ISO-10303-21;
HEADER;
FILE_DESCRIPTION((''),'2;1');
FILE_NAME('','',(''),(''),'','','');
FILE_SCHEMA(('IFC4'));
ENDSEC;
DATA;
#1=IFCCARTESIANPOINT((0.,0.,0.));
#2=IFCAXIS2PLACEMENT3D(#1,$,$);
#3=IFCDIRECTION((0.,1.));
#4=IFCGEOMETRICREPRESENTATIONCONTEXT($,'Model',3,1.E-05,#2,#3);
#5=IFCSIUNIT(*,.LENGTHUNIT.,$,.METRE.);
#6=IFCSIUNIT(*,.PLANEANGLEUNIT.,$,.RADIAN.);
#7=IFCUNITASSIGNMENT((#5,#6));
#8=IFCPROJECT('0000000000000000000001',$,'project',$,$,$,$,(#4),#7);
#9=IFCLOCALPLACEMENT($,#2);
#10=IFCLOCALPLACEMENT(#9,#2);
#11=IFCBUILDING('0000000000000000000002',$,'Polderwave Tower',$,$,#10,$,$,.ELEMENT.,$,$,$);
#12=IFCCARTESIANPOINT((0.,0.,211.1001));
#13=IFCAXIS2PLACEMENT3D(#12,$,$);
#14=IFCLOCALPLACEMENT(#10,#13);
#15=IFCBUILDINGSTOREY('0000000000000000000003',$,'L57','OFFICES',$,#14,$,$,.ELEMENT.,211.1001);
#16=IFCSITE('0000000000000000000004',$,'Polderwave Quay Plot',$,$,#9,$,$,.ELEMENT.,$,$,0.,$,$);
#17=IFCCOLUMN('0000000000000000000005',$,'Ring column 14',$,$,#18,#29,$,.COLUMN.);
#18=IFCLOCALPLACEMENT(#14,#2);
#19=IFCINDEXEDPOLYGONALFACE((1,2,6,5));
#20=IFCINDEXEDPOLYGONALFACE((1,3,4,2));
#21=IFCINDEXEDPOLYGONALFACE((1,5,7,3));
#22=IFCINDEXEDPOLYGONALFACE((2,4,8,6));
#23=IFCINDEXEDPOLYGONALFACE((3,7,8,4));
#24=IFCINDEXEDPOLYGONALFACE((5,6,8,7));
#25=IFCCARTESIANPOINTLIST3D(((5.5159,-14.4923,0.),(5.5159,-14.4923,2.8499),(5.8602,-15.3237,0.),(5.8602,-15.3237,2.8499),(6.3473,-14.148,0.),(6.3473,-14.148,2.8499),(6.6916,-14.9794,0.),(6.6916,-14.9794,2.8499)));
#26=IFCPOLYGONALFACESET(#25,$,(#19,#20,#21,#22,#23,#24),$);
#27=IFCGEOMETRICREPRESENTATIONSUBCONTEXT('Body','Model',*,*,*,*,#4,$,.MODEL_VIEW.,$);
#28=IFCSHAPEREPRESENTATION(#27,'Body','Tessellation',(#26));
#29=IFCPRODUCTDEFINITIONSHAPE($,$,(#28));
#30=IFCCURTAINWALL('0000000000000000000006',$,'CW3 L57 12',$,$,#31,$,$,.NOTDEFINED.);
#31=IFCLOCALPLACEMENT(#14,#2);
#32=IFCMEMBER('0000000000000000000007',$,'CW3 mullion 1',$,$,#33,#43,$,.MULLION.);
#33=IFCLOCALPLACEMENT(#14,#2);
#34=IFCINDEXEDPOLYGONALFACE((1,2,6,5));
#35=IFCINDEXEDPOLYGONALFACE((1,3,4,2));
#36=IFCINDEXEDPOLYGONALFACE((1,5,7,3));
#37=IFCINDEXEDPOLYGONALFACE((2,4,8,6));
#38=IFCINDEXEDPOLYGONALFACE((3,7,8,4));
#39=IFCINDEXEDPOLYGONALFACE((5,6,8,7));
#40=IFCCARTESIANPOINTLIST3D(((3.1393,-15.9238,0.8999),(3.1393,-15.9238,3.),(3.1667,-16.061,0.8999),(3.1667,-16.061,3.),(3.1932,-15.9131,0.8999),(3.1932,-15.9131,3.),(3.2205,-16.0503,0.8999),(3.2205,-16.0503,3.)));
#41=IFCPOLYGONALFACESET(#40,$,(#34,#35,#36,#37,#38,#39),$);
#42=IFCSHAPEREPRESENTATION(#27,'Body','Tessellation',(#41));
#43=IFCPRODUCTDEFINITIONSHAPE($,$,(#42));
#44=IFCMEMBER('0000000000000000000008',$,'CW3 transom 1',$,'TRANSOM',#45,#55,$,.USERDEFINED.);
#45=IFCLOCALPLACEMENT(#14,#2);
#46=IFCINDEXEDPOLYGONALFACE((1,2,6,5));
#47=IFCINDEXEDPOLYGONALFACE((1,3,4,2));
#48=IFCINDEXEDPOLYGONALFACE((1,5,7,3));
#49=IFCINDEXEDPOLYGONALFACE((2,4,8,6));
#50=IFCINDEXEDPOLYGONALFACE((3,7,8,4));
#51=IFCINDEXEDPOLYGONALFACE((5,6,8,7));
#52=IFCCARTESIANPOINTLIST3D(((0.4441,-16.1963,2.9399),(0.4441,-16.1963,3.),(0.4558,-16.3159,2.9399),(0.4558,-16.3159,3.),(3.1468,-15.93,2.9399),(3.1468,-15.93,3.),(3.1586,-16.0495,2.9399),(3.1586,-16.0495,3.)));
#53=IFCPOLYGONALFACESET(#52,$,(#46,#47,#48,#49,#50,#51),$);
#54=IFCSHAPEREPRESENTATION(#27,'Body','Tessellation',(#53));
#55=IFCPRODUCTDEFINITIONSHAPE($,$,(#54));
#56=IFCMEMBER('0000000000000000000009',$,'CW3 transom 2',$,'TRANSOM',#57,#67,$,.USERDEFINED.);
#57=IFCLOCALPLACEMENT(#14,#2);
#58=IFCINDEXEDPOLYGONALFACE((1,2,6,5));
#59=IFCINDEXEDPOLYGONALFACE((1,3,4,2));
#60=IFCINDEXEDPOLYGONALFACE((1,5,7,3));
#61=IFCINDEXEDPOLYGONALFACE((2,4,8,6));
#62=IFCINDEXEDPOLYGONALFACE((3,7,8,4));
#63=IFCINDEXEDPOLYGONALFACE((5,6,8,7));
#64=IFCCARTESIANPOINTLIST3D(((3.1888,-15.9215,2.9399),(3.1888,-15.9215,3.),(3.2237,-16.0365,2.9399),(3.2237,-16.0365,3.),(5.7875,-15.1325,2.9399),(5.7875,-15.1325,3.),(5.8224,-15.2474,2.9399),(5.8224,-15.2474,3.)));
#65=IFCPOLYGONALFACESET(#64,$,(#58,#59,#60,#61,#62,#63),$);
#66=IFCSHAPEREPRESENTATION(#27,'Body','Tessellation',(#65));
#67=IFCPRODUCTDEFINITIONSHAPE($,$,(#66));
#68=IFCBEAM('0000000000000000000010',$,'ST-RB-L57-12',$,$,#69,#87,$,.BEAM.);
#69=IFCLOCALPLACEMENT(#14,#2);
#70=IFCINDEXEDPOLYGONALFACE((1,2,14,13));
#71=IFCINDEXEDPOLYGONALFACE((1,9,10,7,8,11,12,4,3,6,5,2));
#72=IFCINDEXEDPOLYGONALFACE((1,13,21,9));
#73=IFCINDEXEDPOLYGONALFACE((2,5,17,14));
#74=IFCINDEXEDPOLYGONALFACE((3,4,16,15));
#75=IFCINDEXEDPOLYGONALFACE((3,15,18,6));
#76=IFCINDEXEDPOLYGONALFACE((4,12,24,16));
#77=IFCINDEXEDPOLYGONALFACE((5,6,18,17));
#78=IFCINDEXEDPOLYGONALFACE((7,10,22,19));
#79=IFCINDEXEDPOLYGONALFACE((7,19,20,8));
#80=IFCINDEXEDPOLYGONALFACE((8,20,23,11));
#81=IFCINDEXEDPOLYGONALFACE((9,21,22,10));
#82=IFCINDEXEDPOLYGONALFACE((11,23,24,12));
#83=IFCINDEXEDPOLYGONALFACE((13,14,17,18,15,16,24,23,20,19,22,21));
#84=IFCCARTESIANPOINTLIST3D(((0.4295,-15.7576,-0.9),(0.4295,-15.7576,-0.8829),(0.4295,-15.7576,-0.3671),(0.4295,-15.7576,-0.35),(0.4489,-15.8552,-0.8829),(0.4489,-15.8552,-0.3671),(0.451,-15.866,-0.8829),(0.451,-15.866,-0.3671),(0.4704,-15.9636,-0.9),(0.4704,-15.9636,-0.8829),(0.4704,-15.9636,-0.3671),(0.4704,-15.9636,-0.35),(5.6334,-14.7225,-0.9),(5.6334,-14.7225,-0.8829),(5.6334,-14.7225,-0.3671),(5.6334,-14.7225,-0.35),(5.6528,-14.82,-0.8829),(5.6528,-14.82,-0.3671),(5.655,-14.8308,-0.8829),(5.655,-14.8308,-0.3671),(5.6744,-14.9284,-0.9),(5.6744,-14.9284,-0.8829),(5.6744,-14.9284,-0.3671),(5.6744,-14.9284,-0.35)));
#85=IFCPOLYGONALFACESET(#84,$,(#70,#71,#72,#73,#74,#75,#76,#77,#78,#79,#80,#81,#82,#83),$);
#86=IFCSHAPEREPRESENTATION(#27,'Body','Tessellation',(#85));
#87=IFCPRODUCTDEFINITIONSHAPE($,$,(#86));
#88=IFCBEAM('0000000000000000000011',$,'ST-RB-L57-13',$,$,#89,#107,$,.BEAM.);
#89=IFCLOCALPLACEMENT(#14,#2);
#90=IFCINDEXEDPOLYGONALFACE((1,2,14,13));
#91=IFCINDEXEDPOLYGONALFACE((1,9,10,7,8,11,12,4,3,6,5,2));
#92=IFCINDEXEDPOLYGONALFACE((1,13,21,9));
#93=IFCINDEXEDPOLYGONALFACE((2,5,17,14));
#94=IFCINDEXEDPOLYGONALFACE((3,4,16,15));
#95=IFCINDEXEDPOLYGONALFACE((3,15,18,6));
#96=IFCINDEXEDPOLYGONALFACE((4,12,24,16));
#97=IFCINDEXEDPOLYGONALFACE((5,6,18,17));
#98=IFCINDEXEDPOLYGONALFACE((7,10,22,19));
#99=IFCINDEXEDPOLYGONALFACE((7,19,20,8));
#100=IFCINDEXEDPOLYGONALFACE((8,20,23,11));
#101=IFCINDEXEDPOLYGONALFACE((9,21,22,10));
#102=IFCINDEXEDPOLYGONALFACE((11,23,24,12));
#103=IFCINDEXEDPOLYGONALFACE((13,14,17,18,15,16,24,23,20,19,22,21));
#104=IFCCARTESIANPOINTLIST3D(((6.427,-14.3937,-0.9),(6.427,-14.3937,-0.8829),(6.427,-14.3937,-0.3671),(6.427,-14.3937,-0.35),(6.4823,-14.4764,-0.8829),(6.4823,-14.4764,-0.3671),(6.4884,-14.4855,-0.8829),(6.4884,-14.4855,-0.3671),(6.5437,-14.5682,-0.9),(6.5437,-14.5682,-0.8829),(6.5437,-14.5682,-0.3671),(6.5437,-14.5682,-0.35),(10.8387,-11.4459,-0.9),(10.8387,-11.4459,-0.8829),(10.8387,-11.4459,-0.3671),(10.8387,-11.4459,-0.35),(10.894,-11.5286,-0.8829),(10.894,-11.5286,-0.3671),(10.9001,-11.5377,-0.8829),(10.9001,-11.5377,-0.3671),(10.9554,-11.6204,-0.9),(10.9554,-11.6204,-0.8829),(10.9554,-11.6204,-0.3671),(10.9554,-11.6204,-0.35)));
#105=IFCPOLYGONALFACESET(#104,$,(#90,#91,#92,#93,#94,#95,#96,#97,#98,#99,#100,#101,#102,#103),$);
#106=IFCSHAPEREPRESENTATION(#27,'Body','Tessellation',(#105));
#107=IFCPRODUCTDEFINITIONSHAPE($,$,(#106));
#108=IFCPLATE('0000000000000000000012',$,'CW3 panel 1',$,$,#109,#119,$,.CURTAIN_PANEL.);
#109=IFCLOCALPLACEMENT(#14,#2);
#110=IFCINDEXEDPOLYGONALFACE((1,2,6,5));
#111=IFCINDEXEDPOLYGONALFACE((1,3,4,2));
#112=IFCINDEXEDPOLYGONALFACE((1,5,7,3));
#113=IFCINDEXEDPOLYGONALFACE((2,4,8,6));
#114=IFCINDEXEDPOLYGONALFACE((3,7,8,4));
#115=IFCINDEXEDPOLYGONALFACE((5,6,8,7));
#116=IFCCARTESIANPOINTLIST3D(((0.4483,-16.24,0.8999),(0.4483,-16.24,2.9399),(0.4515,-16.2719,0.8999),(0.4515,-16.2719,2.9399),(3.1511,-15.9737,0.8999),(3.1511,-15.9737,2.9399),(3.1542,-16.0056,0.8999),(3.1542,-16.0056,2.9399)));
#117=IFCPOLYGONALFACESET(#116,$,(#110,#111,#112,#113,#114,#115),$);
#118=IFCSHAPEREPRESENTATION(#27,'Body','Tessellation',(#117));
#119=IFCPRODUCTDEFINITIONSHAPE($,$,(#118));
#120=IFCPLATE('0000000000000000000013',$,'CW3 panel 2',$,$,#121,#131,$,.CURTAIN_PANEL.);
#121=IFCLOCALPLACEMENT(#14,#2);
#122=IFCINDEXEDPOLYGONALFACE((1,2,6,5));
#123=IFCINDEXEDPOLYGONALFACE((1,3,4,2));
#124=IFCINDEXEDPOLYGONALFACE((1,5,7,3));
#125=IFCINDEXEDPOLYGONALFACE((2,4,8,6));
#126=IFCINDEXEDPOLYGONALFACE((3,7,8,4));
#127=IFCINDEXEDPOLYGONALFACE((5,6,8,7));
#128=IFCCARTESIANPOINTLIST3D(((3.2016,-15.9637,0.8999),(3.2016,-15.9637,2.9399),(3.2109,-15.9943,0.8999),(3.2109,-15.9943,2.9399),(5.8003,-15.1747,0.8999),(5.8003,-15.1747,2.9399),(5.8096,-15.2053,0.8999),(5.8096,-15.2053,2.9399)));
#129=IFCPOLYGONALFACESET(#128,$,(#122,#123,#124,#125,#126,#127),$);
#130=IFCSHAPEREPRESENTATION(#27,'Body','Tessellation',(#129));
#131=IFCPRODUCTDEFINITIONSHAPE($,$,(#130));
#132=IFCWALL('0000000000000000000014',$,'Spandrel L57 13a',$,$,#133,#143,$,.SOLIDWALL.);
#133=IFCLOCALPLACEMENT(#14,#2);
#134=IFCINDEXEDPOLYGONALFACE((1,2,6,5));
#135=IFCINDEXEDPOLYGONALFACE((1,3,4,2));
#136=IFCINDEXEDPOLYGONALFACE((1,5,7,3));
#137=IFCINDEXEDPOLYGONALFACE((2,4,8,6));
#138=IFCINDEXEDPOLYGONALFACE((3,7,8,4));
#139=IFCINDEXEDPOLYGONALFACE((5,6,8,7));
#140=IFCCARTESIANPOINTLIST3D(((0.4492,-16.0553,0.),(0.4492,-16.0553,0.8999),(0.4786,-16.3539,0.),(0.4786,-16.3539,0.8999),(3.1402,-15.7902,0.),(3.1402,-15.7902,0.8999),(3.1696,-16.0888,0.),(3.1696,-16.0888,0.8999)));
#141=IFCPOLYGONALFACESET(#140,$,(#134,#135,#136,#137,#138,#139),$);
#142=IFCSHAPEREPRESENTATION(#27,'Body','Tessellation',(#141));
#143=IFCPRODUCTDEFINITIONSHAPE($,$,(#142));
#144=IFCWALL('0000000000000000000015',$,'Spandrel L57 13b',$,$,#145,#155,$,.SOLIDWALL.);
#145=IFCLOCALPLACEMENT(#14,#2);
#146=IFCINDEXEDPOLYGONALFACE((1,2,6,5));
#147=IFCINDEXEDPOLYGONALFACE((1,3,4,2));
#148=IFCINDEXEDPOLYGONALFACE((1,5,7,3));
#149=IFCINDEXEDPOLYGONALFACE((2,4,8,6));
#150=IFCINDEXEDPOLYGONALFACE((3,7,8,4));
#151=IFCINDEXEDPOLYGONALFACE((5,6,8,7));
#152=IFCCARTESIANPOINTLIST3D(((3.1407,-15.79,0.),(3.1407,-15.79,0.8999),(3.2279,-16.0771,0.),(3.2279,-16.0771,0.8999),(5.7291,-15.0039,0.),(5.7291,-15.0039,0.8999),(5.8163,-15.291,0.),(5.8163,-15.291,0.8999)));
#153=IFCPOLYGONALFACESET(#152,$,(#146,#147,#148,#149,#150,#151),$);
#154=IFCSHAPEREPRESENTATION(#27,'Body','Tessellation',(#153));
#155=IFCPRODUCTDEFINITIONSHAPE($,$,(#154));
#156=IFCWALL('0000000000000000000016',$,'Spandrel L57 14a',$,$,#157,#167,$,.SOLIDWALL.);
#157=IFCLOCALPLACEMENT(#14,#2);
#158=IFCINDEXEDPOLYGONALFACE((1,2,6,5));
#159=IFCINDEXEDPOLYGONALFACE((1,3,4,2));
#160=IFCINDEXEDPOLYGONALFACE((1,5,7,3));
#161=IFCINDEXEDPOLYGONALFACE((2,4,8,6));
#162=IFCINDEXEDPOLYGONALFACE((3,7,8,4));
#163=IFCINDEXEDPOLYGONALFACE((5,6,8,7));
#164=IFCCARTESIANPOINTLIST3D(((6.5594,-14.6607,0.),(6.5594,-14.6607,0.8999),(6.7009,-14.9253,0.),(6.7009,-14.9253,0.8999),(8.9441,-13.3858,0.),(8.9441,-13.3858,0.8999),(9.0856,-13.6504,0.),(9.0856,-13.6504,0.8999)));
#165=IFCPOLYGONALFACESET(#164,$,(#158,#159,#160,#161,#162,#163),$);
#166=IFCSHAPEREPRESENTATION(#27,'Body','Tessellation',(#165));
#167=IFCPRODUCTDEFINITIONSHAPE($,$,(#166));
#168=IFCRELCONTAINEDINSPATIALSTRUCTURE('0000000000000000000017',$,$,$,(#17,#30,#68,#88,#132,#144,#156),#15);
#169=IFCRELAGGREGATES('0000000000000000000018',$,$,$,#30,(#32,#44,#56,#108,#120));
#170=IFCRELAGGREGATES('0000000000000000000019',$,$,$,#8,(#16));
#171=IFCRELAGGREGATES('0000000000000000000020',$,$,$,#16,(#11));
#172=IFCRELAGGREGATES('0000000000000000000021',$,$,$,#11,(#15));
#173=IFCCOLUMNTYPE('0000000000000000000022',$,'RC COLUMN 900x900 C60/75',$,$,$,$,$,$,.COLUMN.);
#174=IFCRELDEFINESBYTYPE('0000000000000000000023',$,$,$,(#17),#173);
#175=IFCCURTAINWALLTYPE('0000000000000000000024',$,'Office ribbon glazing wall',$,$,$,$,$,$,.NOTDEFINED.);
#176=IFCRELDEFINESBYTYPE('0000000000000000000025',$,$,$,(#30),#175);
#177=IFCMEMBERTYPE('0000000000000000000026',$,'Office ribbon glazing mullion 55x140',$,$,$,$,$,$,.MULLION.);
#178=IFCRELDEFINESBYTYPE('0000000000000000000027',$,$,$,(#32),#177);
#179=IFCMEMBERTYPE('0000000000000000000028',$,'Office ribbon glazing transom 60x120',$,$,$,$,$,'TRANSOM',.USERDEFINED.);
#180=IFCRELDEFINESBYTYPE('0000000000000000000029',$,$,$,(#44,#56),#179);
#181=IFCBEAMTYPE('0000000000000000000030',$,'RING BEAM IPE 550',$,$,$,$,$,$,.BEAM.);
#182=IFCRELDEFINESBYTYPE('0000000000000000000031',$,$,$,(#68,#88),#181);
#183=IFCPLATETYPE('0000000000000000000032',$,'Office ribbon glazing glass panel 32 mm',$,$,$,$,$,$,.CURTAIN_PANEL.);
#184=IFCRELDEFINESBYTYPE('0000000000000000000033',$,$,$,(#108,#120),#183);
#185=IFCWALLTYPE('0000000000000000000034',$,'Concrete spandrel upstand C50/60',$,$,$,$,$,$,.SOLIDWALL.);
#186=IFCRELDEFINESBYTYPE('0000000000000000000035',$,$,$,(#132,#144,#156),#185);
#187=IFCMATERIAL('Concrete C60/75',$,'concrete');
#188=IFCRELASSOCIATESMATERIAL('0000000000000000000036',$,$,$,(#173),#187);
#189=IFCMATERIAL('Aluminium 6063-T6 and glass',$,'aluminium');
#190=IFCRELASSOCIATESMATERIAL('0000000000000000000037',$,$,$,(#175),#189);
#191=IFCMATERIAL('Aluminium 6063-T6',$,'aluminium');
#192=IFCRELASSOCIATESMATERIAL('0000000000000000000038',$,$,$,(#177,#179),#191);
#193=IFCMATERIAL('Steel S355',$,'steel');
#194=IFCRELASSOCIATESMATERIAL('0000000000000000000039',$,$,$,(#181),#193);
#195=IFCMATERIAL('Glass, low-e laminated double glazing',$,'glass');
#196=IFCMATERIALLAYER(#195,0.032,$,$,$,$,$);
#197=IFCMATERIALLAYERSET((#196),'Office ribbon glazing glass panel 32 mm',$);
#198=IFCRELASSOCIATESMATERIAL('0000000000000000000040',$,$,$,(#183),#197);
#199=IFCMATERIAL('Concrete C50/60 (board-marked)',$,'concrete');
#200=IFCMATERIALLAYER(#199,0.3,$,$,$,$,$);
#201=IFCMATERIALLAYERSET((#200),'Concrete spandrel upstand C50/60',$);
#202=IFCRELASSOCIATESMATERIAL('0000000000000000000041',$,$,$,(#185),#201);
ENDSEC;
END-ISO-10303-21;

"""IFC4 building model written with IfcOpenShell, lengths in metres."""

from ifc_helpers import new_model, si_unit, direction, frame, frame_2d, origin, origin_2d, place, context, subcontext, project, spatial, rectangle, i_section, extrude, material, layer, layer_set, material_profile, profile_set, type_object, element, aggregate, save


model = new_model("IFC4")

# Units and contexts
model_context = context("Model", 3, precision=1e-05, world=origin(), true_north=direction((0.0, 1.0)))
body_context = subcontext(model_context, "Body", "Model", "MODEL_VIEW")
ifc_project = project(units=[si_unit("LENGTHUNIT", "METRE"), si_unit("PLANEANGLEUNIT", "RADIAN")], contexts=[model_context])

# Site, building, storey
site_placement = place(None, origin())
site = spatial("IfcSite", under=ifc_project, at=site_placement, Name="Polderwave Quay Plot", CompositionType="ELEMENT", RefElevation=0.0)
building_placement = place(site_placement, origin())
building = spatial("IfcBuilding", under=site, at=building_placement, Name="Polderwave Tower", CompositionType="ELEMENT")
storey_placement = place(building_placement, frame((0.0, 0.0, 211.1001)))
storey = spatial("IfcBuildingStorey", under=building, at=storey_placement, Name="L57", Description="OFFICES", CompositionType="ELEMENT", Elevation=211.1001)

# Column
ifc_material_1 = material(Name="Concrete C60/75", Category="concrete")
ifc_material_profile_1 = material_profile(ifc_material_1, rectangle(XDim=0.8999, YDim=0.8999, at=origin_2d()), Name="RC 900x900")
ifc_profile_set_1 = profile_set([ifc_material_profile_1], Name="Concrete C60/75")
column_type = type_object("IfcColumnType", Name="RC COLUMN 900x900 C60/75", PredefinedType="COLUMN", material=ifc_profile_set_1)
column_placement = place(storey_placement, frame((6.1038, -14.7358, 0.0), z_axis=(0.0, 0.0, 1.0), x_axis=(0.382683, -0.92388, 0.0)))
element("IfcColumn", 1, at=column_placement, inside=storey, type_object=column_type, Name="Ring column 14", PredefinedType="COLUMN", context=body_context, shape_type="SweptSolid", body=[
    extrude(rectangle(XDim=0.8999, YDim=0.8999, at=origin_2d()), origin(), (0.0, 0.0, 1.0), 2.8499),
])

# Curtain wall, members
ifc_material_2 = material(Name="Aluminium 6063-T6 and glass", Category="aluminium")
curtain_wall_type = type_object("IfcCurtainWallType", Name="Office ribbon glazing wall", PredefinedType="NOTDEFINED", material=ifc_material_2)
curtain_wall_placement = place(storey_placement, origin())
curtain_wall = element("IfcCurtainWall", 2, at=curtain_wall_placement, inside=storey, type_object=curtain_wall_type, Name="CW3 L57 12", PredefinedType="NOTDEFINED")
ifc_material_3 = material(Name="Aluminium 6063-T6", Category="aluminium")
ifc_material_profile_2 = material_profile(ifc_material_3, rectangle(XDim=0.1399, YDim=0.0549, at=origin_2d()), Name="AL 55x140")
ifc_profile_set_2 = profile_set([ifc_material_profile_2], Name="Aluminium 6063-T6")
member_type_1 = type_object("IfcMemberType", Name="Office ribbon glazing mullion 55x140", PredefinedType="MULLION", material=ifc_profile_set_2)
member_1_placement = place(storey_placement, frame((3.1799, -15.9871, 0.8999), z_axis=(0.0, 0.0, 1.0), x_axis=(-0.195234, 0.980757, 0.0)))
member_1 = element("IfcMember", 3, at=member_1_placement, type_object=member_type_1, Name="CW3 mullion 1", PredefinedType="MULLION", context=body_context, shape_type="SweptSolid", body=[
    extrude(rectangle(XDim=0.1399, YDim=0.0549, at=origin_2d()), origin(), (0.0, 0.0, 1.0), 2.1001),
])
ifc_material_profile_3 = material_profile(ifc_material_3, rectangle(XDim=0.1201, YDim=0.0601, at=origin_2d()), Name="AL 60x120")
ifc_profile_set_3 = profile_set([ifc_material_profile_3], Name="Aluminium 6063-T6")
member_type_2 = type_object("IfcMemberType", Name="Office ribbon glazing transom 60x120", ElementType="TRANSOM", PredefinedType="USERDEFINED", material=ifc_profile_set_3)
member_2_placement = place(storey_placement, frame((0.45, -16.2561, 2.97), z_axis=(0.995179, 0.098079, 0.0), x_axis=(-0.098079, 0.995179, 0.0)))
member_2 = element("IfcMember", 4, at=member_2_placement, type_object=member_type_2, Name="CW3 transom 1", ObjectType="TRANSOM", PredefinedType="USERDEFINED", context=body_context, shape_type="SweptSolid", body=[
    extrude(rectangle(XDim=0.1201, YDim=0.0601, at=origin_2d()), origin(), (0.0, 0.0, 1.0), 2.7158),
])
member_3_placement = place(storey_placement, frame((3.2063, -15.979, 2.97), z_axis=(0.956861, 0.290546, 0.0), x_axis=(-0.290546, 0.956861, 0.0)))
member_3 = element("IfcMember", 5, at=member_3_placement, type_object=member_type_2, Name="CW3 transom 2", ObjectType="TRANSOM", PredefinedType="USERDEFINED", context=body_context, shape_type="SweptSolid", body=[
    extrude(rectangle(XDim=0.1201, YDim=0.0601, at=origin_2d()), origin(), (0.0, 0.0, 1.0), 2.7158),
])

# Beams
ifc_material_4 = material(Name="Steel S355", Category="steel")
ifc_material_profile_4 = material_profile(ifc_material_4, i_section(OverallWidth=0.21, OverallDepth=0.55, WebThickness=0.011, FlangeThickness=0.0171, at=origin_2d()), Name="IPE 550")
ifc_profile_set_4 = profile_set([ifc_material_profile_4], Name="Steel S355")
beam_type = type_object("IfcBeamType", Name="RING BEAM IPE 550", PredefinedType="BEAM", material=ifc_profile_set_4)
for number, where, z_axis, x_axis, name in (
    (6, (0.45, -15.8606, -0.625), (0.980784, 0.195098, 0.0), (-0.195098, 0.980784, 0.0), "ST-RB-L57-12"),
    (7, (6.4854, -14.481, -0.625), (0.831469, 0.555571, 0.0), (-0.555571, 0.831469, 0.0), "ST-RB-L57-13"),
):
    element("IfcBeam", number, at=place(storey_placement, frame(where, z_axis=z_axis, x_axis=x_axis)), inside=storey, type_object=beam_type, Name=name, PredefinedType="BEAM", context=body_context, shape_type="SweptSolid", body=[
        extrude(i_section(OverallWidth=0.21, OverallDepth=0.55, WebThickness=0.011, FlangeThickness=0.0171, at=origin_2d()), origin(), (0.0, 0.0, 1.0), 5.3059),
    ])

# Plates
ifc_material_5 = material(Name="Glass, low-e laminated double glazing", Category="glass")
ifc_layer_1 = layer(ifc_material_5, 0.032)
ifc_layer_set_1 = layer_set([ifc_layer_1], Name="Office ribbon glazing glass panel 32 mm")
plate_type = type_object("IfcPlateType", Name="Office ribbon glazing glass panel 32 mm", PredefinedType="CURTAIN_PANEL", material=ifc_layer_set_1)
plate_1_placement = place(storey_placement, frame((1.8013, -16.1228, 0.8999), z_axis=(0.0, 0.0, 1.0), x_axis=(0.99518, 0.098061, 0.0)))
plate_1 = element("IfcPlate", 8, at=plate_1_placement, type_object=plate_type, Name="CW3 panel 1", PredefinedType="CURTAIN_PANEL", context=body_context, shape_type="SweptSolid", body=[
    extrude(rectangle(XDim=2.7158, YDim=0.032, at=origin_2d()), origin(), (0.0, 0.0, 1.0), 2.04),
])
plate_2_placement = place(storey_placement, frame((4.5056, -15.5845, 0.8999), z_axis=(0.0, 0.0, 1.0), x_axis=(0.956868, 0.290524, 0.0)))
plate_2 = element("IfcPlate", 9, at=plate_2_placement, type_object=plate_type, Name="CW3 panel 2", PredefinedType="CURTAIN_PANEL", context=body_context, shape_type="SweptSolid", body=[
    extrude(rectangle(XDim=2.7158, YDim=0.032, at=origin_2d()), origin(), (0.0, 0.0, 1.0), 2.04),
])
aggregate(curtain_wall, [member_1, member_2, member_3, plate_1, plate_2])

# Walls
ifc_material_6 = material(Name="Concrete C50/60 (board-marked)", Category="concrete")
ifc_layer_2 = layer(ifc_material_6, 0.3)
ifc_layer_set_2 = layer_set([ifc_layer_2], Name="Concrete spandrel upstand C50/60")
wall_type_1 = type_object("IfcWallType", Name="Concrete spandrel upstand C50/60", PredefinedType="SOLIDWALL", material=ifc_layer_set_2)
wall_1_placement = place(storey_placement, frame((0.4639, -16.2046, 0.0), z_axis=(0.0, 0.0, 1.0), x_axis=(0.995182, 0.098047, 0.0)))
element("IfcWall", 10, at=wall_1_placement, inside=storey, type_object=wall_type_1, Name="Spandrel L57 13a", PredefinedType="SOLIDWALL", context=body_context, shape_type="SweptSolid", body=[
    extrude(rectangle(XDim=2.7041, YDim=0.3, at=frame_2d((1.3521, 0.0))), origin(), (0.0, 0.0, 1.0), 0.8999),
])
wall_2_placement = place(storey_placement, frame((3.1843, -15.9336, 0.0), z_axis=(0.0, 0.0, 1.0), x_axis=(0.956842, 0.290609, 0.0)))
element("IfcWall", 11, at=wall_2_placement, inside=storey, type_object=wall_type_1, Name="Spandrel L57 13b", PredefinedType="SOLIDWALL", context=body_context, shape_type="SweptSolid", body=[
    extrude(rectangle(XDim=2.7051, YDim=0.3, at=frame_2d((1.3525, 0.0))), origin(), (0.0, 0.0, 1.0), 0.8999),
])
wall_3_placement = place(storey_placement, frame((6.6301, -14.793, 0.0), z_axis=(0.0, 0.0, 1.0), x_axis=(0.881888, 0.47146, 0.0)))
element("IfcWall", 12, at=wall_3_placement, inside=storey, type_object=wall_type_1, Name="Spandrel L57 14a", PredefinedType="SOLIDWALL", context=body_context, shape_type="SweptSolid", body=[
    extrude(rectangle(XDim=2.7041, YDim=0.3, at=frame_2d((1.3521, 0.0))), origin(), (0.0, 0.0, 1.0), 0.8999),
])

save(model, "model.ifc")
